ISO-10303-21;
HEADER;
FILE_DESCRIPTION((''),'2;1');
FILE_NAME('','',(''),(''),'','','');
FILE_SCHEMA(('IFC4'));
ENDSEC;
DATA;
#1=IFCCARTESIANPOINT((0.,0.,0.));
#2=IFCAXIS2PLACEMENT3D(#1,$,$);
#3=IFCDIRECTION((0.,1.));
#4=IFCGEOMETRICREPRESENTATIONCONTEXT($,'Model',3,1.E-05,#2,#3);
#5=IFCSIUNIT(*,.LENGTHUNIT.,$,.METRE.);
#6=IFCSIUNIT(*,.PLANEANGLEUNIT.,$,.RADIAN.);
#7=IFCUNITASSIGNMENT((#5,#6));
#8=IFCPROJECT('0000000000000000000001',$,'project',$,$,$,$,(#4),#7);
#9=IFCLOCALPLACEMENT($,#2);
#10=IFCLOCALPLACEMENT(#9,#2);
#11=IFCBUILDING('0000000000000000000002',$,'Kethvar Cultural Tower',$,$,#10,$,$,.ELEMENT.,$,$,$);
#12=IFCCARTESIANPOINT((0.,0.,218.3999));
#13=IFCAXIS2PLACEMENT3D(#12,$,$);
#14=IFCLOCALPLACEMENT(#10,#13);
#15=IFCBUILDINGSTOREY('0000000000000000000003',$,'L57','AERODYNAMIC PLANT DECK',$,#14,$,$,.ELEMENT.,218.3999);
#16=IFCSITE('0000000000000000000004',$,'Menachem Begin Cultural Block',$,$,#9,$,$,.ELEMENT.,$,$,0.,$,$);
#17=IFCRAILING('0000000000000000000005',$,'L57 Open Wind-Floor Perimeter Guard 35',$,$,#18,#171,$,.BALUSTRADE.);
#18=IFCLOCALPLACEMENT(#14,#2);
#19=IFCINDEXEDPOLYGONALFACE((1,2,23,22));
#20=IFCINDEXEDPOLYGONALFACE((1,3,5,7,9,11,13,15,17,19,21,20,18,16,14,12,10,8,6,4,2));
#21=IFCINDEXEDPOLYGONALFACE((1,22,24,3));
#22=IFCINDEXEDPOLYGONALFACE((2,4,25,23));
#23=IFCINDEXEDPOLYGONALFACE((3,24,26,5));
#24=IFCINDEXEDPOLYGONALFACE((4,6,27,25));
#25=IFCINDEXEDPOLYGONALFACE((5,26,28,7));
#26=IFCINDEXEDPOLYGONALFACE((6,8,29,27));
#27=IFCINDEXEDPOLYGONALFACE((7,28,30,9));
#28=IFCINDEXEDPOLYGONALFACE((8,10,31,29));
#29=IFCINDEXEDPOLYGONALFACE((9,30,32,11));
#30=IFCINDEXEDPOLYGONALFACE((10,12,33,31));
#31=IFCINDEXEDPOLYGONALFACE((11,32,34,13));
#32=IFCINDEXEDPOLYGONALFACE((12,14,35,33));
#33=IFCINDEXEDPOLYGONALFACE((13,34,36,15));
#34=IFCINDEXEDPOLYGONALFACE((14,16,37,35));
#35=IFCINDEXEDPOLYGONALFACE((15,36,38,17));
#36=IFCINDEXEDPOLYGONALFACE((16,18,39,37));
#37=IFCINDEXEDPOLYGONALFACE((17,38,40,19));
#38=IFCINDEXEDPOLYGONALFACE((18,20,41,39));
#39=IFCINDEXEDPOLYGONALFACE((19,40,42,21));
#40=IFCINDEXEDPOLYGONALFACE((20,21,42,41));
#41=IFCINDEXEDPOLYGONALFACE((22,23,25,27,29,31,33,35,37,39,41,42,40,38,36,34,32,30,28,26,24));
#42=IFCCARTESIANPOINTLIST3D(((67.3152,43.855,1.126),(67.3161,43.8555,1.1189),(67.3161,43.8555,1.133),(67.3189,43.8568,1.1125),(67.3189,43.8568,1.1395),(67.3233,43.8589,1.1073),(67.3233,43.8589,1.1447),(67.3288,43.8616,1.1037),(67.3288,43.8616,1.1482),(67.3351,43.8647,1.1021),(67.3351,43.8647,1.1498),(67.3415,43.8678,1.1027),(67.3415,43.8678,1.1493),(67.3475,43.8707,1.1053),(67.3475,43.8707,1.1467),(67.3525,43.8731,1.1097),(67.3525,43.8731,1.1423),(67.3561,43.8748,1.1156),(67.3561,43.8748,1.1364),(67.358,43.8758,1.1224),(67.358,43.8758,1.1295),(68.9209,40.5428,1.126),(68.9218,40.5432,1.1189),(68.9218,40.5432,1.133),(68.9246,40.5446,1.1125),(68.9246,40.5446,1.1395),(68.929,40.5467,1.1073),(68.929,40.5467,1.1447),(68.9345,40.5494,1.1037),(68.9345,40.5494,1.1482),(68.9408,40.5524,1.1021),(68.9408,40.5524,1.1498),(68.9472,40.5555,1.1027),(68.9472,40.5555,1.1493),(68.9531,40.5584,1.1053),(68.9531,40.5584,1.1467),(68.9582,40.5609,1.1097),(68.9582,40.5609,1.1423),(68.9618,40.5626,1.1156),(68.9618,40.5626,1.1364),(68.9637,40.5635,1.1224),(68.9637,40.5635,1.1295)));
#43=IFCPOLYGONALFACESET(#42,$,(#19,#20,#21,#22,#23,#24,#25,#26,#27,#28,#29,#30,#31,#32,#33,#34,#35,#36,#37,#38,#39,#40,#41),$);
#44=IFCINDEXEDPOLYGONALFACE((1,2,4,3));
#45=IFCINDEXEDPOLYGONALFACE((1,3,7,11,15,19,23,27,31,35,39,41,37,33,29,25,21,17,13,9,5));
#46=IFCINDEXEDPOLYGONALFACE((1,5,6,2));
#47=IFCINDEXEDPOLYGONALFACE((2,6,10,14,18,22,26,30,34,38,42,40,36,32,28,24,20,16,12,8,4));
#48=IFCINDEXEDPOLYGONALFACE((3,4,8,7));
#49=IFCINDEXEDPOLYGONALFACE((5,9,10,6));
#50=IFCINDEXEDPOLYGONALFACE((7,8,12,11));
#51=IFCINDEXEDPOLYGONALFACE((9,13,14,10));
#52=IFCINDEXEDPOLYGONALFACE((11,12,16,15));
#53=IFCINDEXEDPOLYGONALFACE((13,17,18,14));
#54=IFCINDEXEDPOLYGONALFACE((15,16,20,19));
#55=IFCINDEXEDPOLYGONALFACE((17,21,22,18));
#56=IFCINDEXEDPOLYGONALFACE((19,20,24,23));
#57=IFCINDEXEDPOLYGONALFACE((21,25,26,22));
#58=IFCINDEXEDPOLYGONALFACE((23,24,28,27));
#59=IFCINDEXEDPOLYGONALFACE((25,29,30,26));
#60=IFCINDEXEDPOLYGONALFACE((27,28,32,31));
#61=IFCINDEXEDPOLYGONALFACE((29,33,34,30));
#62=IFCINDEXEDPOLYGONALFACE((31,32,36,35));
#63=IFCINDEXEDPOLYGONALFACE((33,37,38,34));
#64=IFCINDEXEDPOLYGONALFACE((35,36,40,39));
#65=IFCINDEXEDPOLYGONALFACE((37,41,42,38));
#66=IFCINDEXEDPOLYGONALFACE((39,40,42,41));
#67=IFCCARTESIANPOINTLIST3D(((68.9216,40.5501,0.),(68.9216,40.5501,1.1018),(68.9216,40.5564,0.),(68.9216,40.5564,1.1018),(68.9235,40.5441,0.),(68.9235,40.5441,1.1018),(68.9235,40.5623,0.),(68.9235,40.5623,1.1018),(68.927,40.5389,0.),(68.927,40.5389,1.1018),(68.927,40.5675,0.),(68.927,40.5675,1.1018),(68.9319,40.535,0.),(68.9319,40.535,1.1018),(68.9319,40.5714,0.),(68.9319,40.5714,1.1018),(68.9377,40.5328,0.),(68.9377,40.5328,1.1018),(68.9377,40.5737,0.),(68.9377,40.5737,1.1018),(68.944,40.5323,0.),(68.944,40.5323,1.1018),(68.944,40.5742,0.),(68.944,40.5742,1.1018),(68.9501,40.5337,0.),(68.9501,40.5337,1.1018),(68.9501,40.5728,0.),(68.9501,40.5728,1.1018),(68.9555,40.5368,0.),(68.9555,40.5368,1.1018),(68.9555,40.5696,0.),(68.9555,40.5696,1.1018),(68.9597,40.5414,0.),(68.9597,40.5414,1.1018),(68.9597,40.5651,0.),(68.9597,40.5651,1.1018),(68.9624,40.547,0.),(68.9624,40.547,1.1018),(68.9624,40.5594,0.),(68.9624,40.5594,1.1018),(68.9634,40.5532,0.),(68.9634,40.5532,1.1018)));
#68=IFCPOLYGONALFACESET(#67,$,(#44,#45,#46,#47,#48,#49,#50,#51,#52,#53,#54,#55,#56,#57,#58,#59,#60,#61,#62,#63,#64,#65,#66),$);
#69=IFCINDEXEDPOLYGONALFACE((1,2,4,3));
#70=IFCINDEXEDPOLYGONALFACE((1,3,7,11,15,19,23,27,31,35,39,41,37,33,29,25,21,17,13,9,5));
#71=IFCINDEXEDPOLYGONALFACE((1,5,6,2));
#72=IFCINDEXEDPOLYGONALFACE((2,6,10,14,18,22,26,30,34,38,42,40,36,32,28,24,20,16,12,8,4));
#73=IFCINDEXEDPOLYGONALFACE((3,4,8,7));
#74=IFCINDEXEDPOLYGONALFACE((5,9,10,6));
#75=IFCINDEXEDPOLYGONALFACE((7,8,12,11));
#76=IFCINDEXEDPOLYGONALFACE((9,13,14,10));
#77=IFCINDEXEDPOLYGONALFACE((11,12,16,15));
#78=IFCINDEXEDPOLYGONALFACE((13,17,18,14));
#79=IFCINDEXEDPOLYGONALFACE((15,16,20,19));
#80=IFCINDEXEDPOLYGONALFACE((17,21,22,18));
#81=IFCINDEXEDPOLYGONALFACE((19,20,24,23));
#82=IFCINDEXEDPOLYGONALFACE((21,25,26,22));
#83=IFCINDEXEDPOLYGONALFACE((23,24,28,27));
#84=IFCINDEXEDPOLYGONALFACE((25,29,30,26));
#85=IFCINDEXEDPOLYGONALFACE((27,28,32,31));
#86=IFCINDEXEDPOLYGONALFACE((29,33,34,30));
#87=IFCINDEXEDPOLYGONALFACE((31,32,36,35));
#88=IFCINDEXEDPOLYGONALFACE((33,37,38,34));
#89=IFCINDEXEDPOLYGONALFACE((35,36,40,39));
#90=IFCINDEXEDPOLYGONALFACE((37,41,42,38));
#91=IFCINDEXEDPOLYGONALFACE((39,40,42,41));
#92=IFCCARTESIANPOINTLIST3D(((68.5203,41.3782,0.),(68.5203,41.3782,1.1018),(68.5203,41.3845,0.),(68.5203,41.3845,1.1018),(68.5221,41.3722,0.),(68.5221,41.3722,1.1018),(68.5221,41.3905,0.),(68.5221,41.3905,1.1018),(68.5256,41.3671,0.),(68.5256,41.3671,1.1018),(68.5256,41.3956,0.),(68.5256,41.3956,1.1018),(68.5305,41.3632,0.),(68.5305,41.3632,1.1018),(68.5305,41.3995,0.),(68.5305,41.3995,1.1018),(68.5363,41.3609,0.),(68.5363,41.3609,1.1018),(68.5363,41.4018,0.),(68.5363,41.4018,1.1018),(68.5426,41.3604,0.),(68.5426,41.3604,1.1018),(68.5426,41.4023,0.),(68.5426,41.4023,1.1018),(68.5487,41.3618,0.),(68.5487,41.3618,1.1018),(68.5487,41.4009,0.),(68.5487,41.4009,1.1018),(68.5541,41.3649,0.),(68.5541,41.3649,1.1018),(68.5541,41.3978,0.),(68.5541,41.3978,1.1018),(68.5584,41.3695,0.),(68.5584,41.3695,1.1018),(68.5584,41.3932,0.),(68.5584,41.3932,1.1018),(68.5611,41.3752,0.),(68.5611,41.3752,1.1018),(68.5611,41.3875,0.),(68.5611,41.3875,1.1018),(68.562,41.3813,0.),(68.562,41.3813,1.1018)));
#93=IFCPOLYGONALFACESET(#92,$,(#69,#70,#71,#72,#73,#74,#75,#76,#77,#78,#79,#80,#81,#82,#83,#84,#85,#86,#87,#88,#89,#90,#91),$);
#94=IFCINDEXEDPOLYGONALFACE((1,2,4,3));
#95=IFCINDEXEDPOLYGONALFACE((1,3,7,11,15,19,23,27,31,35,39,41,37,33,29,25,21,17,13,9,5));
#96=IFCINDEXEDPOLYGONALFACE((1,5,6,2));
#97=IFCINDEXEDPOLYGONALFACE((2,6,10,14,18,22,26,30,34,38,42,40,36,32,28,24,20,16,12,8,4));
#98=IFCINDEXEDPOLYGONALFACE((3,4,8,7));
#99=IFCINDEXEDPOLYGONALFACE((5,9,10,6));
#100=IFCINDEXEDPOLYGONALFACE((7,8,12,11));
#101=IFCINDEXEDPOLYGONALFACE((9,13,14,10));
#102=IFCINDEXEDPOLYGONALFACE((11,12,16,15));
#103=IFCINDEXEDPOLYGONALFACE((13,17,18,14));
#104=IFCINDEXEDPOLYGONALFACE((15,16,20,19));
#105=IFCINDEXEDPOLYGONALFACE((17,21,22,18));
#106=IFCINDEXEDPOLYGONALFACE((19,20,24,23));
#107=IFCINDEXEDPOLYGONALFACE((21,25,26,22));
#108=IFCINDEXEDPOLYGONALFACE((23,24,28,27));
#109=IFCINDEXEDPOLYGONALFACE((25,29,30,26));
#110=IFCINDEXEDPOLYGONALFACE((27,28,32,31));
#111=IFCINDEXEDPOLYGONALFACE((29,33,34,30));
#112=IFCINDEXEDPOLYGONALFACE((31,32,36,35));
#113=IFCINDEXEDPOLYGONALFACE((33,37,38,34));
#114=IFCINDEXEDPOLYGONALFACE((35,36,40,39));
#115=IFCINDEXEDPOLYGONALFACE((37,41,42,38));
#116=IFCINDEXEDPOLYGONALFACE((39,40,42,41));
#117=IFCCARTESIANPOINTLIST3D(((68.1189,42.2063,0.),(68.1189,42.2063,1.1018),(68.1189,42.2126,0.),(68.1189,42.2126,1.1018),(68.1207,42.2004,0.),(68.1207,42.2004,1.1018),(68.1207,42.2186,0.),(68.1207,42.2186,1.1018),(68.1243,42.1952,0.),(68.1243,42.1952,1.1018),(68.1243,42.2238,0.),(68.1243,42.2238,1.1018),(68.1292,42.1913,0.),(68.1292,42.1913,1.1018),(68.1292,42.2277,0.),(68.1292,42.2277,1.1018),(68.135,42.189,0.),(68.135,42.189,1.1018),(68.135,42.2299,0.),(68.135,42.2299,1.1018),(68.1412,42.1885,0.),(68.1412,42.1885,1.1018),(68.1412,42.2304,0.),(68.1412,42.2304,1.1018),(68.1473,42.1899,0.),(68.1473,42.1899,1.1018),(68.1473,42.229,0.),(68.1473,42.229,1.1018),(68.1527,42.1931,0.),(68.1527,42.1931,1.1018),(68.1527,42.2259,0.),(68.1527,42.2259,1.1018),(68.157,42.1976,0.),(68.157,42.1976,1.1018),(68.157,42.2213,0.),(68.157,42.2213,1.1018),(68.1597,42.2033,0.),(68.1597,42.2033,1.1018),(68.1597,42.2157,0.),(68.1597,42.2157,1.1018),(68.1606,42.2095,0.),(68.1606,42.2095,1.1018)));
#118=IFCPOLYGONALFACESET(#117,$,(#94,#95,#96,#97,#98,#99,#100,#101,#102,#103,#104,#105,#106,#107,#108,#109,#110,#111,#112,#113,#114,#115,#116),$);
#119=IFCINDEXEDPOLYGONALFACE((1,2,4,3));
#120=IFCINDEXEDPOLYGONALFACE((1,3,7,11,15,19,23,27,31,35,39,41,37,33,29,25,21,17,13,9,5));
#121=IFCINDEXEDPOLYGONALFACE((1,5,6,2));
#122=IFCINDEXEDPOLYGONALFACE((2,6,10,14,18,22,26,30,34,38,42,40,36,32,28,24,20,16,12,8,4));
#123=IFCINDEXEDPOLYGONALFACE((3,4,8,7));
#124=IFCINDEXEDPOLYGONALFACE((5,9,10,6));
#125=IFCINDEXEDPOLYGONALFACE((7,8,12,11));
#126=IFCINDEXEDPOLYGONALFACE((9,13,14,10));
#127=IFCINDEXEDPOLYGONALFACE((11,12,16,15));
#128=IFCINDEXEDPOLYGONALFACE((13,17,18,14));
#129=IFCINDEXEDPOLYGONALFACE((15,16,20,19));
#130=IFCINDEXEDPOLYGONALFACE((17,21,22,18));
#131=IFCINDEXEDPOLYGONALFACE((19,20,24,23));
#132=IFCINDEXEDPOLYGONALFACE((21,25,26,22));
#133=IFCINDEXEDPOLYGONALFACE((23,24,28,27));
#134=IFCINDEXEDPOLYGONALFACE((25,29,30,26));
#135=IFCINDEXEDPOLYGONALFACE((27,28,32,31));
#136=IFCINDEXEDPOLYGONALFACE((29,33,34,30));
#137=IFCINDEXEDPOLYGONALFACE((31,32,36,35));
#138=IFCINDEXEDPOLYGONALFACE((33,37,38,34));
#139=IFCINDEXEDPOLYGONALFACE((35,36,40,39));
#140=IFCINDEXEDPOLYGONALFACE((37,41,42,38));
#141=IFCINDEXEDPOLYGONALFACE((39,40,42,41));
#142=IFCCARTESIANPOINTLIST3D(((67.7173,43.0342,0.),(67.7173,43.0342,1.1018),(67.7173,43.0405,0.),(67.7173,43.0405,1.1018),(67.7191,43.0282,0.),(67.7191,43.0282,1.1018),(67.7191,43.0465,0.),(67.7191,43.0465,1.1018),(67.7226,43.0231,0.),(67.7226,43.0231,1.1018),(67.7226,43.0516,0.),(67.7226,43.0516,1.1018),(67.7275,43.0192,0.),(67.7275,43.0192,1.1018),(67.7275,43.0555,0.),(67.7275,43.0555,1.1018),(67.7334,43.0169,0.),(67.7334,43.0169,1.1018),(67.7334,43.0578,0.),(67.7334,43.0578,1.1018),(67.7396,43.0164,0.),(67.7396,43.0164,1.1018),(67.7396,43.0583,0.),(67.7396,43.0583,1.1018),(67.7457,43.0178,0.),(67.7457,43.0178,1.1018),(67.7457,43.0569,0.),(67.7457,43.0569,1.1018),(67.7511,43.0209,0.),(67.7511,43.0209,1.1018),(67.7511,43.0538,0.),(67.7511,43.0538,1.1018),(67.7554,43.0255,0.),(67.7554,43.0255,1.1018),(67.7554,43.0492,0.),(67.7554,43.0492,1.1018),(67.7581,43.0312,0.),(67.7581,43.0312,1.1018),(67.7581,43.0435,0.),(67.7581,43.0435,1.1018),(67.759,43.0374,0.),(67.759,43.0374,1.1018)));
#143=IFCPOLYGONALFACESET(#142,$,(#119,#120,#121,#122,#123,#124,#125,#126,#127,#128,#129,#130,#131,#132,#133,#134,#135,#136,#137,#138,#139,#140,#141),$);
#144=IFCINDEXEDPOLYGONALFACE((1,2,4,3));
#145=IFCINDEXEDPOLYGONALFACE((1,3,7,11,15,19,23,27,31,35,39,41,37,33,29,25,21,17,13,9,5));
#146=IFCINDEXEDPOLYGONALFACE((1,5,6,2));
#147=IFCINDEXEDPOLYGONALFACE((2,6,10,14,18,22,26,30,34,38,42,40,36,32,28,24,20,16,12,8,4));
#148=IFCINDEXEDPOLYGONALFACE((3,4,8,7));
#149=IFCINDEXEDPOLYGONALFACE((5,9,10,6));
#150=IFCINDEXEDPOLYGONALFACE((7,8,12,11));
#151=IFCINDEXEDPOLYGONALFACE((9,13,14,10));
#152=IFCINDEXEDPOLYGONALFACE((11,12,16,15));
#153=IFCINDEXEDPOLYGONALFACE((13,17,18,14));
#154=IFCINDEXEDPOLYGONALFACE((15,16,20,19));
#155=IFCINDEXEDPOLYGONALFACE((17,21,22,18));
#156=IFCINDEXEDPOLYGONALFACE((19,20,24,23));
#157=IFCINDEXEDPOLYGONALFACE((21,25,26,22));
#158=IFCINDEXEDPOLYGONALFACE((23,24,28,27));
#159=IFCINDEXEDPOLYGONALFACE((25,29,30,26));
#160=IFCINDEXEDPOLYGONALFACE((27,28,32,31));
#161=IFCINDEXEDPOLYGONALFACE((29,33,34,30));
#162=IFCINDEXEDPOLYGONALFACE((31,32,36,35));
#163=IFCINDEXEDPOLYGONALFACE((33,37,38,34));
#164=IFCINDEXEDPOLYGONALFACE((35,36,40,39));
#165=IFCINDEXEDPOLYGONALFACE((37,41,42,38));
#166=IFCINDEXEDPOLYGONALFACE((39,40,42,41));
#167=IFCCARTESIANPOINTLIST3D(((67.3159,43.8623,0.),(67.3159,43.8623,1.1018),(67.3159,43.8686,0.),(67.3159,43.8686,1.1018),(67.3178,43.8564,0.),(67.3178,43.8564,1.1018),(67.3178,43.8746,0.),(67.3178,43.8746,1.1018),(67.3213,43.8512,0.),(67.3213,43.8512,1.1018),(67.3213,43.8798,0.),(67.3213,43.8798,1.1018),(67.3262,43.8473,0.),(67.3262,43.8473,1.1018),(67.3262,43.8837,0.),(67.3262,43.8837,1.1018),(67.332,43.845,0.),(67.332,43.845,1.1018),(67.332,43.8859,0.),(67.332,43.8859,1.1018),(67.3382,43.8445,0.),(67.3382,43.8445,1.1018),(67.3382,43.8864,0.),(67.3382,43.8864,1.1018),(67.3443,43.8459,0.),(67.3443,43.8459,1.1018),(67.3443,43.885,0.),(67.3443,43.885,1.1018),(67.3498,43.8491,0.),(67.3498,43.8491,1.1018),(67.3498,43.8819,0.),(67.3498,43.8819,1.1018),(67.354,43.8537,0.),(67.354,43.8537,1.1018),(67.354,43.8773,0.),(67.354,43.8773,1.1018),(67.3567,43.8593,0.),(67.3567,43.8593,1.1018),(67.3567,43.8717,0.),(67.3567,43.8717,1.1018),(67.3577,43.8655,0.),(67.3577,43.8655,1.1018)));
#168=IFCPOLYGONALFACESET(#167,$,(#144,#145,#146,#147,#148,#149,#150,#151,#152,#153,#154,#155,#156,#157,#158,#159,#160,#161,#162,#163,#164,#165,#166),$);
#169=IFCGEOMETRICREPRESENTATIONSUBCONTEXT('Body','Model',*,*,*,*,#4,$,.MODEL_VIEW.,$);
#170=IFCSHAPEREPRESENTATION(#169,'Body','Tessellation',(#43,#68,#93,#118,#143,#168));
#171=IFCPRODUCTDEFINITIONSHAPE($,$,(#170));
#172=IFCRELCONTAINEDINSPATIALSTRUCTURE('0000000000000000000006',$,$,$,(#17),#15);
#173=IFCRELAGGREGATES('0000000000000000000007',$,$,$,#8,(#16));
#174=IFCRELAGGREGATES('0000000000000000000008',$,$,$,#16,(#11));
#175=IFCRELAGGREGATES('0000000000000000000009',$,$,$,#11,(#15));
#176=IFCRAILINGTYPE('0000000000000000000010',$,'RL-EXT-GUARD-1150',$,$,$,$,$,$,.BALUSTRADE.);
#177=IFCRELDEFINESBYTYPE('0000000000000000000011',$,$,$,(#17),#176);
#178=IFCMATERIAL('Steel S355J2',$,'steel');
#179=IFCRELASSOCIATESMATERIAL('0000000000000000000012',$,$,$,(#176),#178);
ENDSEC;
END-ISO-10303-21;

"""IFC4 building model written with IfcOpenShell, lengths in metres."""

from ifc_helpers import new_model, si_unit, direction, frame, origin, origin_2d, place, context, subcontext, project, spatial, circle, extrude, material, type_object, element, save


model = new_model("IFC4")

# Units and contexts
model_context = context("Model", 3, precision=1e-05, world=origin(), true_north=direction((0.0, 1.0)))
body_context = subcontext(model_context, "Body", "Model", "MODEL_VIEW")
ifc_project = project(units=[si_unit("LENGTHUNIT", "METRE"), si_unit("PLANEANGLEUNIT", "RADIAN")], contexts=[model_context])

# Site, building, storey
site_placement = place(None, origin())
site = spatial("IfcSite", under=ifc_project, at=site_placement, Name="Menachem Begin Cultural Block", CompositionType="ELEMENT", RefElevation=0.0)
building_placement = place(site_placement, origin())
building = spatial("IfcBuilding", under=site, at=building_placement, Name="Kethvar Cultural Tower", CompositionType="ELEMENT")
storey_placement = place(building_placement, frame((0.0, 0.0, 218.3999)))
storey = spatial("IfcBuildingStorey", under=building, at=storey_placement, Name="L57", Description="AERODYNAMIC PLANT DECK", CompositionType="ELEMENT", Elevation=218.3999)

# Shared definitions
ifc_material_1 = material(Name="Steel S355J2", Category="steel")

# Railing
railing_type_1 = type_object("IfcRailingType", Name="RL-EXT-GUARD-1150", PredefinedType="BALUSTRADE", material=ifc_material_1)
railing_1_placement = place(storey_placement, frame((68.9424, 40.5532, 0.0)))
element("IfcRailing", 1, at=railing_1_placement, inside=storey, type_object=railing_type_1, Name="L57 Open Wind-Floor Perimeter Guard 35", PredefinedType="BALUSTRADE", context=body_context, shape_type="SweptSolid", body=[
    extrude(circle(Radius=0.0239, at=origin_2d()), frame((0.0, 0.0, 1.126), z_axis=(-0.436223, 0.899839, 0.0), x_axis=(-0.899839, -0.436223, 0.0)), (0.0, 0.0, 1.0), 3.6809),
    extrude(circle(Radius=0.021, at=origin_2d()), origin(), (0.0, 0.0, 1.0), 1.1018),
    extrude(circle(Radius=0.021, at=origin_2d()), frame((-0.4014, 0.8281, 0.0)), (0.0, 0.0, 1.0), 1.1018),
    extrude(circle(Radius=0.021, at=origin_2d()), frame((-0.8027, 1.6562, 0.0)), (0.0, 0.0, 1.0), 1.1018),
    extrude(circle(Radius=0.021, at=origin_2d()), frame((-1.2043, 2.4841, 0.0)), (0.0, 0.0, 1.0), 1.1018),
    extrude(circle(Radius=0.021, at=origin_2d()), frame((-1.6057, 3.3123, 0.0)), (0.0, 0.0, 1.0), 1.1018),
])

save(model, "model.ifc")
